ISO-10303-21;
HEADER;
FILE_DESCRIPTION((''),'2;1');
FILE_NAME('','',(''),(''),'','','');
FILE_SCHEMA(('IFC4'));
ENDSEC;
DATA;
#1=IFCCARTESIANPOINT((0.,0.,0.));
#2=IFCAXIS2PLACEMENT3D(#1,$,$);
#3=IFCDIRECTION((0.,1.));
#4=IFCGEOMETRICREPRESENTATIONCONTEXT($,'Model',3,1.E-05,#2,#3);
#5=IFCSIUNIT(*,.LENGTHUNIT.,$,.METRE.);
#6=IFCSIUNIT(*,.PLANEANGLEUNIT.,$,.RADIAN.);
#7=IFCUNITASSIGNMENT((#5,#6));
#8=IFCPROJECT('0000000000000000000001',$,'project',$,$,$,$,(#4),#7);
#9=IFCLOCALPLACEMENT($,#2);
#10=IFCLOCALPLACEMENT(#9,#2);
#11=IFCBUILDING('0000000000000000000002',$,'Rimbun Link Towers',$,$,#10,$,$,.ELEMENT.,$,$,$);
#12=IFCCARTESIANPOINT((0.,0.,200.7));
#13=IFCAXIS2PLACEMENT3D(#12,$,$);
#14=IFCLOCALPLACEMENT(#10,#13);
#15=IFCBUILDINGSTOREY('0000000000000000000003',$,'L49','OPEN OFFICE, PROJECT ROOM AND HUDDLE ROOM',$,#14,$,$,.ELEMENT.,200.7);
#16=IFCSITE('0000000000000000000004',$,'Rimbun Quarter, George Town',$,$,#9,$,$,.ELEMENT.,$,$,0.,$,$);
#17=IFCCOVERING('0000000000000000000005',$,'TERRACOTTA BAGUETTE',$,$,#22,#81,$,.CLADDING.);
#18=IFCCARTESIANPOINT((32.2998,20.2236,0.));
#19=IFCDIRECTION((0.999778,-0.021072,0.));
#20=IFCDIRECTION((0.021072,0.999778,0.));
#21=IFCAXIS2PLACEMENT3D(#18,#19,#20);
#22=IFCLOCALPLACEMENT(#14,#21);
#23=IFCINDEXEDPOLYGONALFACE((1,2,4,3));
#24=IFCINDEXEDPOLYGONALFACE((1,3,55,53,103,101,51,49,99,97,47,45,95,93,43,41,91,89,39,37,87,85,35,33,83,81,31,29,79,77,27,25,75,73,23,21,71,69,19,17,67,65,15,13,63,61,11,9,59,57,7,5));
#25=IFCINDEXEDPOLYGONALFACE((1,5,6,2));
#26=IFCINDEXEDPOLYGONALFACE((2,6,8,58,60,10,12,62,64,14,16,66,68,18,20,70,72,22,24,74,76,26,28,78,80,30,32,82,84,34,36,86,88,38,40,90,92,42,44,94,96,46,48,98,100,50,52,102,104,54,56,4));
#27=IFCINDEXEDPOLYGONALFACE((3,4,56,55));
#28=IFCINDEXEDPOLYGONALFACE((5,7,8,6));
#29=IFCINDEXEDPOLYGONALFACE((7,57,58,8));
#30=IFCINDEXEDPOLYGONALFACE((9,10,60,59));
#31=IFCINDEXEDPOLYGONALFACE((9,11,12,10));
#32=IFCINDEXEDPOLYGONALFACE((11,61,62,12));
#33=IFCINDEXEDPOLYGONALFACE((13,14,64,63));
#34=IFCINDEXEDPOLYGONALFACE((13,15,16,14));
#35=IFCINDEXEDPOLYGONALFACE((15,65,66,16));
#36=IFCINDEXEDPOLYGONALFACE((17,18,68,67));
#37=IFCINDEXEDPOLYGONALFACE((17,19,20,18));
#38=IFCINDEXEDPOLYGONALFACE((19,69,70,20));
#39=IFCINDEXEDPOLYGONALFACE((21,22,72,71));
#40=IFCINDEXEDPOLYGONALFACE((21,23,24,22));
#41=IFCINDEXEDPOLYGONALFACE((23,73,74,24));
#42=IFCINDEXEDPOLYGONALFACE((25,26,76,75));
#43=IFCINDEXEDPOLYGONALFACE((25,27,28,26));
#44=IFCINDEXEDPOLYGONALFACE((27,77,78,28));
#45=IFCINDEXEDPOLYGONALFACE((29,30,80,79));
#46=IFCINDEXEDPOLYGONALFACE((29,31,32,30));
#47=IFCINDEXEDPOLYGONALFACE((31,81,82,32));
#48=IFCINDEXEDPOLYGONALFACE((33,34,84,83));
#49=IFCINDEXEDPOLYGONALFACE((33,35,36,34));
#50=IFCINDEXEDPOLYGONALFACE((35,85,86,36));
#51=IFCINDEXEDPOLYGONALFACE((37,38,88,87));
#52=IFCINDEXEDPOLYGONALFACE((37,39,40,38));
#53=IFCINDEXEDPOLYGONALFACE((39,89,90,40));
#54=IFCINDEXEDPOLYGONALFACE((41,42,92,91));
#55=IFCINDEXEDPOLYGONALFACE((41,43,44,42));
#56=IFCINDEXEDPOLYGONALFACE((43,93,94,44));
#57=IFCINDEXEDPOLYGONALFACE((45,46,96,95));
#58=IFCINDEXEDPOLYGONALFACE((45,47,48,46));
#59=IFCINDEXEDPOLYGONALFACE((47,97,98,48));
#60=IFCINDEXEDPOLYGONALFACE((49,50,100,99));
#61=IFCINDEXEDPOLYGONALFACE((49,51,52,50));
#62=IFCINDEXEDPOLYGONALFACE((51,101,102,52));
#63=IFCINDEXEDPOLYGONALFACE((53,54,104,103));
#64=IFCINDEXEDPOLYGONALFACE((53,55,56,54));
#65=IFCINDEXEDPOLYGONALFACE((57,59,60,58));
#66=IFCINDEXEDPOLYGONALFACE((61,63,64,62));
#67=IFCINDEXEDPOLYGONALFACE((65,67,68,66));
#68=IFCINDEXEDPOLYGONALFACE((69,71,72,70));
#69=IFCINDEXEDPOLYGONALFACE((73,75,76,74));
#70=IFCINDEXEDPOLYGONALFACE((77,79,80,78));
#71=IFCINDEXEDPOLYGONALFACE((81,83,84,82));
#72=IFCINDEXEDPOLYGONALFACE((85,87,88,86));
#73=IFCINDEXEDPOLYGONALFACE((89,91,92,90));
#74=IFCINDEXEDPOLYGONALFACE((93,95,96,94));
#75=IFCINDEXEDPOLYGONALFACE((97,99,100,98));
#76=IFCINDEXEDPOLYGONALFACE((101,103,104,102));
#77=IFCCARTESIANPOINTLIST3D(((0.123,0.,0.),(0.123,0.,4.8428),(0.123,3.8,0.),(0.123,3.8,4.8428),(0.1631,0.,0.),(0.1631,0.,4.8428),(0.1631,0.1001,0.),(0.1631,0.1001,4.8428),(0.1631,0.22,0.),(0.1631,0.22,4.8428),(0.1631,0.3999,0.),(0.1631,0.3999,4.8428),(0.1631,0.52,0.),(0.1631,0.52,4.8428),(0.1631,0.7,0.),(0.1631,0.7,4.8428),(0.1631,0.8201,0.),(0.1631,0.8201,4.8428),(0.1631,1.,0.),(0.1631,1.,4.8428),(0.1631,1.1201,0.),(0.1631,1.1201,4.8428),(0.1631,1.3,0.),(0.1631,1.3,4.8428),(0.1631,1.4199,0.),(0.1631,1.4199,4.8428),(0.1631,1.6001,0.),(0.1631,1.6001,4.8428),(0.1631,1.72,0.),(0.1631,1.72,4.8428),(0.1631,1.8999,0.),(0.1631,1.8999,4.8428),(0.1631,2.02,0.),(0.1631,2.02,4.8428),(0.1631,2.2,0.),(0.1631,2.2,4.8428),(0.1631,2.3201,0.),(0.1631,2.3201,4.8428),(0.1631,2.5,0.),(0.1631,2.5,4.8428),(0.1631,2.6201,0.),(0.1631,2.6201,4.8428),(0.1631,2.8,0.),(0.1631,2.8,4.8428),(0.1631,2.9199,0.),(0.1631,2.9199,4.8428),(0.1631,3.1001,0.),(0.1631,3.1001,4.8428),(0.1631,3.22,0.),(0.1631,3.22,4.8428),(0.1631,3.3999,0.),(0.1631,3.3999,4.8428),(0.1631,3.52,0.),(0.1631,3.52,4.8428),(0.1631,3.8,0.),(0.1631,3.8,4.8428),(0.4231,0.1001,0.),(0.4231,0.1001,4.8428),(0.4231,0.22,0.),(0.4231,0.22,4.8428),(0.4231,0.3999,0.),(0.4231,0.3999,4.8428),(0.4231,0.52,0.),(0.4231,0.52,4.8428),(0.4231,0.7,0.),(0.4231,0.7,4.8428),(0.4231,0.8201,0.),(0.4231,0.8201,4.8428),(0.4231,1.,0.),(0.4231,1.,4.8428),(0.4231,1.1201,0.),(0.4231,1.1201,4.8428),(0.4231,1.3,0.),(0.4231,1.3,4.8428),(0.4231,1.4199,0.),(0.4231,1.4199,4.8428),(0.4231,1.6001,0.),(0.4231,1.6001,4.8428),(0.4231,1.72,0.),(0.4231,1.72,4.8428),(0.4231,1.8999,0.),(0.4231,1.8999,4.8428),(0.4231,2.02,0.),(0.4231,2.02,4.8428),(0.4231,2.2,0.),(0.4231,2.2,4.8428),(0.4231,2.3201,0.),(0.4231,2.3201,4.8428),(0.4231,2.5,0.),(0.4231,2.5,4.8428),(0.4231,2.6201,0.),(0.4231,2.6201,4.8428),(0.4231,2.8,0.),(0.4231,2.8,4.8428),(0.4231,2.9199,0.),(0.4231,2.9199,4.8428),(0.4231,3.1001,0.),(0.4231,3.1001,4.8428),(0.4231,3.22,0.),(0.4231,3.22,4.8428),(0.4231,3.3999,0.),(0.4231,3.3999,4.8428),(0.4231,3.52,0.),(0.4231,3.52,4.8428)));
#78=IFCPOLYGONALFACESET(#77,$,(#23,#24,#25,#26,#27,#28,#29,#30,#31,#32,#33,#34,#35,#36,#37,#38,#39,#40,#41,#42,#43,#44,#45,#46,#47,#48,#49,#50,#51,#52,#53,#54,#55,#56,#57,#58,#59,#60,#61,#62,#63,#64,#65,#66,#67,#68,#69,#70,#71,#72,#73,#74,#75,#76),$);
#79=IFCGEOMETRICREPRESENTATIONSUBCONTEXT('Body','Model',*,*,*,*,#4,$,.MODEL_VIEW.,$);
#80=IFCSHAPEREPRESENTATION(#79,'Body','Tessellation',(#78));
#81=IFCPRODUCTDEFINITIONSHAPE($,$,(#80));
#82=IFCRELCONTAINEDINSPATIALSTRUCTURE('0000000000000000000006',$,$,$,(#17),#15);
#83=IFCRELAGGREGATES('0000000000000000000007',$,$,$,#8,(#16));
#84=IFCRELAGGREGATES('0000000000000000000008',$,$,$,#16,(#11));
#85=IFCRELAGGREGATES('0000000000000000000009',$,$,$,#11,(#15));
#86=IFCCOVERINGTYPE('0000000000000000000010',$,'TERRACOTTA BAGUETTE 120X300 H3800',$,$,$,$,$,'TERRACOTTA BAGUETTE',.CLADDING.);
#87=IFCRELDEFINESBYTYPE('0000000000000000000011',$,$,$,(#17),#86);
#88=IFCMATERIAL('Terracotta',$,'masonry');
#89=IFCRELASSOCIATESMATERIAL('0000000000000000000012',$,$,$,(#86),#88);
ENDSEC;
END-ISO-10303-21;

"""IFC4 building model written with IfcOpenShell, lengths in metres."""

from ifc_helpers import new_model, si_unit, direction, frame, origin, place, context, subcontext, project, spatial, polyline, outline, extrude, material, material_profile, profile_set, type_object, element, save


model = new_model("IFC4")

# Units and contexts
model_context = context("Model", 3, precision=1e-05, world=origin(), true_north=direction((0.0, 1.0)))
body_context = subcontext(model_context, "Body", "Model", "MODEL_VIEW")
ifc_project = project(units=[si_unit("LENGTHUNIT", "METRE"), si_unit("PLANEANGLEUNIT", "RADIAN")], contexts=[model_context])

# Site, building, storey
site_placement = place(None, origin())
site = spatial("IfcSite", under=ifc_project, at=site_placement, Name="Rimbun Quarter, George Town", CompositionType="ELEMENT", RefElevation=0.0)
building_placement = place(site_placement, origin())
building = spatial("IfcBuilding", under=site, at=building_placement, Name="Rimbun Link Towers", CompositionType="ELEMENT")
storey_placement = place(building_placement, frame((0.0, 0.0, 200.7)))
storey = spatial("IfcBuildingStorey", under=building, at=storey_placement, Name="L49", Description="OPEN OFFICE, PROJECT ROOM AND HUDDLE ROOM", CompositionType="ELEMENT", Elevation=200.7)

# Covering
ifc_material_1 = material(Name="Terracotta", Category="masonry")
ifc_material_profile_1 = material_profile(ifc_material_1, outline(polyline([(0.123, 0.0), (0.1631, 0.0), (0.1631, 0.1001), (0.4231, 0.1001), (0.4231, 0.22), (0.1631, 0.22), (0.1631, 0.3999), (0.4231, 0.3999), (0.4231, 0.52), (0.1631, 0.52), (0.1631, 0.7), (0.4231, 0.7), (0.4231, 0.8201), (0.1631, 0.8201), (0.1631, 1.0), (0.4231, 1.0), (0.4231, 1.1201), (0.1631, 1.1201), (0.1631, 1.3), (0.4231, 1.3), (0.4231, 1.4199), (0.1631, 1.4199), (0.1631, 1.6001), (0.4231, 1.6001), (0.4231, 1.72), (0.1631, 1.72), (0.1631, 1.8999), (0.4231, 1.8999), (0.4231, 2.02), (0.1631, 2.02), (0.1631, 2.2), (0.4231, 2.2), (0.4231, 2.3201), (0.1631, 2.3201), (0.1631, 2.5), (0.4231, 2.5), (0.4231, 2.6201), (0.1631, 2.6201), (0.1631, 2.8), (0.4231, 2.8), (0.4231, 2.9199), (0.1631, 2.9199), (0.1631, 3.1001), (0.4231, 3.1001), (0.4231, 3.22), (0.1631, 3.22), (0.1631, 3.3999), (0.4231, 3.3999), (0.4231, 3.52), (0.1631, 3.52), (0.1631, 3.8), (0.123, 3.8), (0.123, 0.0)])), Name="BAGUETTE 120X300")
ifc_profile_set_1 = profile_set([ifc_material_profile_1], Name="Terracotta")
covering_type = type_object("IfcCoveringType", Name="TERRACOTTA BAGUETTE 120X300 H3800", ElementType="TERRACOTTA BAGUETTE", PredefinedType="CLADDING", material=ifc_profile_set_1)
covering_1_placement = place(storey_placement, frame((32.2998, 20.2236, 0.0), z_axis=(0.999778, -0.021072, 0.0), x_axis=(0.021072, 0.999778, 0.0)))
element("IfcCovering", 1, at=covering_1_placement, inside=storey, type_object=covering_type, Name="TERRACOTTA BAGUETTE", PredefinedType="CLADDING", context=body_context, shape_type="SweptSolid", body=[
    extrude(outline(polyline([(0.123, 0.0), (0.1631, 0.0), (0.1631, 0.1001), (0.4231, 0.1001), (0.4231, 0.22), (0.1631, 0.22), (0.1631, 0.3999), (0.4231, 0.3999), (0.4231, 0.52), (0.1631, 0.52), (0.1631, 0.7), (0.4231, 0.7), (0.4231, 0.8201), (0.1631, 0.8201), (0.1631, 1.0), (0.4231, 1.0), (0.4231, 1.1201), (0.1631, 1.1201), (0.1631, 1.3), (0.4231, 1.3), (0.4231, 1.4199), (0.1631, 1.4199), (0.1631, 1.6001), (0.4231, 1.6001), (0.4231, 1.72), (0.1631, 1.72), (0.1631, 1.8999), (0.4231, 1.8999), (0.4231, 2.02), (0.1631, 2.02), (0.1631, 2.2), (0.4231, 2.2), (0.4231, 2.3201), (0.1631, 2.3201), (0.1631, 2.5), (0.4231, 2.5), (0.4231, 2.6201), (0.1631, 2.6201), (0.1631, 2.8), (0.4231, 2.8), (0.4231, 2.9199), (0.1631, 2.9199), (0.1631, 3.1001), (0.4231, 3.1001), (0.4231, 3.22), (0.1631, 3.22), (0.1631, 3.3999), (0.4231, 3.3999), (0.4231, 3.52), (0.1631, 3.52), (0.1631, 3.8), (0.123, 3.8), (0.123, 0.0)])), origin(), (0.0, 0.0, 1.0), 4.8428),
])

save(model, "model.ifc")
